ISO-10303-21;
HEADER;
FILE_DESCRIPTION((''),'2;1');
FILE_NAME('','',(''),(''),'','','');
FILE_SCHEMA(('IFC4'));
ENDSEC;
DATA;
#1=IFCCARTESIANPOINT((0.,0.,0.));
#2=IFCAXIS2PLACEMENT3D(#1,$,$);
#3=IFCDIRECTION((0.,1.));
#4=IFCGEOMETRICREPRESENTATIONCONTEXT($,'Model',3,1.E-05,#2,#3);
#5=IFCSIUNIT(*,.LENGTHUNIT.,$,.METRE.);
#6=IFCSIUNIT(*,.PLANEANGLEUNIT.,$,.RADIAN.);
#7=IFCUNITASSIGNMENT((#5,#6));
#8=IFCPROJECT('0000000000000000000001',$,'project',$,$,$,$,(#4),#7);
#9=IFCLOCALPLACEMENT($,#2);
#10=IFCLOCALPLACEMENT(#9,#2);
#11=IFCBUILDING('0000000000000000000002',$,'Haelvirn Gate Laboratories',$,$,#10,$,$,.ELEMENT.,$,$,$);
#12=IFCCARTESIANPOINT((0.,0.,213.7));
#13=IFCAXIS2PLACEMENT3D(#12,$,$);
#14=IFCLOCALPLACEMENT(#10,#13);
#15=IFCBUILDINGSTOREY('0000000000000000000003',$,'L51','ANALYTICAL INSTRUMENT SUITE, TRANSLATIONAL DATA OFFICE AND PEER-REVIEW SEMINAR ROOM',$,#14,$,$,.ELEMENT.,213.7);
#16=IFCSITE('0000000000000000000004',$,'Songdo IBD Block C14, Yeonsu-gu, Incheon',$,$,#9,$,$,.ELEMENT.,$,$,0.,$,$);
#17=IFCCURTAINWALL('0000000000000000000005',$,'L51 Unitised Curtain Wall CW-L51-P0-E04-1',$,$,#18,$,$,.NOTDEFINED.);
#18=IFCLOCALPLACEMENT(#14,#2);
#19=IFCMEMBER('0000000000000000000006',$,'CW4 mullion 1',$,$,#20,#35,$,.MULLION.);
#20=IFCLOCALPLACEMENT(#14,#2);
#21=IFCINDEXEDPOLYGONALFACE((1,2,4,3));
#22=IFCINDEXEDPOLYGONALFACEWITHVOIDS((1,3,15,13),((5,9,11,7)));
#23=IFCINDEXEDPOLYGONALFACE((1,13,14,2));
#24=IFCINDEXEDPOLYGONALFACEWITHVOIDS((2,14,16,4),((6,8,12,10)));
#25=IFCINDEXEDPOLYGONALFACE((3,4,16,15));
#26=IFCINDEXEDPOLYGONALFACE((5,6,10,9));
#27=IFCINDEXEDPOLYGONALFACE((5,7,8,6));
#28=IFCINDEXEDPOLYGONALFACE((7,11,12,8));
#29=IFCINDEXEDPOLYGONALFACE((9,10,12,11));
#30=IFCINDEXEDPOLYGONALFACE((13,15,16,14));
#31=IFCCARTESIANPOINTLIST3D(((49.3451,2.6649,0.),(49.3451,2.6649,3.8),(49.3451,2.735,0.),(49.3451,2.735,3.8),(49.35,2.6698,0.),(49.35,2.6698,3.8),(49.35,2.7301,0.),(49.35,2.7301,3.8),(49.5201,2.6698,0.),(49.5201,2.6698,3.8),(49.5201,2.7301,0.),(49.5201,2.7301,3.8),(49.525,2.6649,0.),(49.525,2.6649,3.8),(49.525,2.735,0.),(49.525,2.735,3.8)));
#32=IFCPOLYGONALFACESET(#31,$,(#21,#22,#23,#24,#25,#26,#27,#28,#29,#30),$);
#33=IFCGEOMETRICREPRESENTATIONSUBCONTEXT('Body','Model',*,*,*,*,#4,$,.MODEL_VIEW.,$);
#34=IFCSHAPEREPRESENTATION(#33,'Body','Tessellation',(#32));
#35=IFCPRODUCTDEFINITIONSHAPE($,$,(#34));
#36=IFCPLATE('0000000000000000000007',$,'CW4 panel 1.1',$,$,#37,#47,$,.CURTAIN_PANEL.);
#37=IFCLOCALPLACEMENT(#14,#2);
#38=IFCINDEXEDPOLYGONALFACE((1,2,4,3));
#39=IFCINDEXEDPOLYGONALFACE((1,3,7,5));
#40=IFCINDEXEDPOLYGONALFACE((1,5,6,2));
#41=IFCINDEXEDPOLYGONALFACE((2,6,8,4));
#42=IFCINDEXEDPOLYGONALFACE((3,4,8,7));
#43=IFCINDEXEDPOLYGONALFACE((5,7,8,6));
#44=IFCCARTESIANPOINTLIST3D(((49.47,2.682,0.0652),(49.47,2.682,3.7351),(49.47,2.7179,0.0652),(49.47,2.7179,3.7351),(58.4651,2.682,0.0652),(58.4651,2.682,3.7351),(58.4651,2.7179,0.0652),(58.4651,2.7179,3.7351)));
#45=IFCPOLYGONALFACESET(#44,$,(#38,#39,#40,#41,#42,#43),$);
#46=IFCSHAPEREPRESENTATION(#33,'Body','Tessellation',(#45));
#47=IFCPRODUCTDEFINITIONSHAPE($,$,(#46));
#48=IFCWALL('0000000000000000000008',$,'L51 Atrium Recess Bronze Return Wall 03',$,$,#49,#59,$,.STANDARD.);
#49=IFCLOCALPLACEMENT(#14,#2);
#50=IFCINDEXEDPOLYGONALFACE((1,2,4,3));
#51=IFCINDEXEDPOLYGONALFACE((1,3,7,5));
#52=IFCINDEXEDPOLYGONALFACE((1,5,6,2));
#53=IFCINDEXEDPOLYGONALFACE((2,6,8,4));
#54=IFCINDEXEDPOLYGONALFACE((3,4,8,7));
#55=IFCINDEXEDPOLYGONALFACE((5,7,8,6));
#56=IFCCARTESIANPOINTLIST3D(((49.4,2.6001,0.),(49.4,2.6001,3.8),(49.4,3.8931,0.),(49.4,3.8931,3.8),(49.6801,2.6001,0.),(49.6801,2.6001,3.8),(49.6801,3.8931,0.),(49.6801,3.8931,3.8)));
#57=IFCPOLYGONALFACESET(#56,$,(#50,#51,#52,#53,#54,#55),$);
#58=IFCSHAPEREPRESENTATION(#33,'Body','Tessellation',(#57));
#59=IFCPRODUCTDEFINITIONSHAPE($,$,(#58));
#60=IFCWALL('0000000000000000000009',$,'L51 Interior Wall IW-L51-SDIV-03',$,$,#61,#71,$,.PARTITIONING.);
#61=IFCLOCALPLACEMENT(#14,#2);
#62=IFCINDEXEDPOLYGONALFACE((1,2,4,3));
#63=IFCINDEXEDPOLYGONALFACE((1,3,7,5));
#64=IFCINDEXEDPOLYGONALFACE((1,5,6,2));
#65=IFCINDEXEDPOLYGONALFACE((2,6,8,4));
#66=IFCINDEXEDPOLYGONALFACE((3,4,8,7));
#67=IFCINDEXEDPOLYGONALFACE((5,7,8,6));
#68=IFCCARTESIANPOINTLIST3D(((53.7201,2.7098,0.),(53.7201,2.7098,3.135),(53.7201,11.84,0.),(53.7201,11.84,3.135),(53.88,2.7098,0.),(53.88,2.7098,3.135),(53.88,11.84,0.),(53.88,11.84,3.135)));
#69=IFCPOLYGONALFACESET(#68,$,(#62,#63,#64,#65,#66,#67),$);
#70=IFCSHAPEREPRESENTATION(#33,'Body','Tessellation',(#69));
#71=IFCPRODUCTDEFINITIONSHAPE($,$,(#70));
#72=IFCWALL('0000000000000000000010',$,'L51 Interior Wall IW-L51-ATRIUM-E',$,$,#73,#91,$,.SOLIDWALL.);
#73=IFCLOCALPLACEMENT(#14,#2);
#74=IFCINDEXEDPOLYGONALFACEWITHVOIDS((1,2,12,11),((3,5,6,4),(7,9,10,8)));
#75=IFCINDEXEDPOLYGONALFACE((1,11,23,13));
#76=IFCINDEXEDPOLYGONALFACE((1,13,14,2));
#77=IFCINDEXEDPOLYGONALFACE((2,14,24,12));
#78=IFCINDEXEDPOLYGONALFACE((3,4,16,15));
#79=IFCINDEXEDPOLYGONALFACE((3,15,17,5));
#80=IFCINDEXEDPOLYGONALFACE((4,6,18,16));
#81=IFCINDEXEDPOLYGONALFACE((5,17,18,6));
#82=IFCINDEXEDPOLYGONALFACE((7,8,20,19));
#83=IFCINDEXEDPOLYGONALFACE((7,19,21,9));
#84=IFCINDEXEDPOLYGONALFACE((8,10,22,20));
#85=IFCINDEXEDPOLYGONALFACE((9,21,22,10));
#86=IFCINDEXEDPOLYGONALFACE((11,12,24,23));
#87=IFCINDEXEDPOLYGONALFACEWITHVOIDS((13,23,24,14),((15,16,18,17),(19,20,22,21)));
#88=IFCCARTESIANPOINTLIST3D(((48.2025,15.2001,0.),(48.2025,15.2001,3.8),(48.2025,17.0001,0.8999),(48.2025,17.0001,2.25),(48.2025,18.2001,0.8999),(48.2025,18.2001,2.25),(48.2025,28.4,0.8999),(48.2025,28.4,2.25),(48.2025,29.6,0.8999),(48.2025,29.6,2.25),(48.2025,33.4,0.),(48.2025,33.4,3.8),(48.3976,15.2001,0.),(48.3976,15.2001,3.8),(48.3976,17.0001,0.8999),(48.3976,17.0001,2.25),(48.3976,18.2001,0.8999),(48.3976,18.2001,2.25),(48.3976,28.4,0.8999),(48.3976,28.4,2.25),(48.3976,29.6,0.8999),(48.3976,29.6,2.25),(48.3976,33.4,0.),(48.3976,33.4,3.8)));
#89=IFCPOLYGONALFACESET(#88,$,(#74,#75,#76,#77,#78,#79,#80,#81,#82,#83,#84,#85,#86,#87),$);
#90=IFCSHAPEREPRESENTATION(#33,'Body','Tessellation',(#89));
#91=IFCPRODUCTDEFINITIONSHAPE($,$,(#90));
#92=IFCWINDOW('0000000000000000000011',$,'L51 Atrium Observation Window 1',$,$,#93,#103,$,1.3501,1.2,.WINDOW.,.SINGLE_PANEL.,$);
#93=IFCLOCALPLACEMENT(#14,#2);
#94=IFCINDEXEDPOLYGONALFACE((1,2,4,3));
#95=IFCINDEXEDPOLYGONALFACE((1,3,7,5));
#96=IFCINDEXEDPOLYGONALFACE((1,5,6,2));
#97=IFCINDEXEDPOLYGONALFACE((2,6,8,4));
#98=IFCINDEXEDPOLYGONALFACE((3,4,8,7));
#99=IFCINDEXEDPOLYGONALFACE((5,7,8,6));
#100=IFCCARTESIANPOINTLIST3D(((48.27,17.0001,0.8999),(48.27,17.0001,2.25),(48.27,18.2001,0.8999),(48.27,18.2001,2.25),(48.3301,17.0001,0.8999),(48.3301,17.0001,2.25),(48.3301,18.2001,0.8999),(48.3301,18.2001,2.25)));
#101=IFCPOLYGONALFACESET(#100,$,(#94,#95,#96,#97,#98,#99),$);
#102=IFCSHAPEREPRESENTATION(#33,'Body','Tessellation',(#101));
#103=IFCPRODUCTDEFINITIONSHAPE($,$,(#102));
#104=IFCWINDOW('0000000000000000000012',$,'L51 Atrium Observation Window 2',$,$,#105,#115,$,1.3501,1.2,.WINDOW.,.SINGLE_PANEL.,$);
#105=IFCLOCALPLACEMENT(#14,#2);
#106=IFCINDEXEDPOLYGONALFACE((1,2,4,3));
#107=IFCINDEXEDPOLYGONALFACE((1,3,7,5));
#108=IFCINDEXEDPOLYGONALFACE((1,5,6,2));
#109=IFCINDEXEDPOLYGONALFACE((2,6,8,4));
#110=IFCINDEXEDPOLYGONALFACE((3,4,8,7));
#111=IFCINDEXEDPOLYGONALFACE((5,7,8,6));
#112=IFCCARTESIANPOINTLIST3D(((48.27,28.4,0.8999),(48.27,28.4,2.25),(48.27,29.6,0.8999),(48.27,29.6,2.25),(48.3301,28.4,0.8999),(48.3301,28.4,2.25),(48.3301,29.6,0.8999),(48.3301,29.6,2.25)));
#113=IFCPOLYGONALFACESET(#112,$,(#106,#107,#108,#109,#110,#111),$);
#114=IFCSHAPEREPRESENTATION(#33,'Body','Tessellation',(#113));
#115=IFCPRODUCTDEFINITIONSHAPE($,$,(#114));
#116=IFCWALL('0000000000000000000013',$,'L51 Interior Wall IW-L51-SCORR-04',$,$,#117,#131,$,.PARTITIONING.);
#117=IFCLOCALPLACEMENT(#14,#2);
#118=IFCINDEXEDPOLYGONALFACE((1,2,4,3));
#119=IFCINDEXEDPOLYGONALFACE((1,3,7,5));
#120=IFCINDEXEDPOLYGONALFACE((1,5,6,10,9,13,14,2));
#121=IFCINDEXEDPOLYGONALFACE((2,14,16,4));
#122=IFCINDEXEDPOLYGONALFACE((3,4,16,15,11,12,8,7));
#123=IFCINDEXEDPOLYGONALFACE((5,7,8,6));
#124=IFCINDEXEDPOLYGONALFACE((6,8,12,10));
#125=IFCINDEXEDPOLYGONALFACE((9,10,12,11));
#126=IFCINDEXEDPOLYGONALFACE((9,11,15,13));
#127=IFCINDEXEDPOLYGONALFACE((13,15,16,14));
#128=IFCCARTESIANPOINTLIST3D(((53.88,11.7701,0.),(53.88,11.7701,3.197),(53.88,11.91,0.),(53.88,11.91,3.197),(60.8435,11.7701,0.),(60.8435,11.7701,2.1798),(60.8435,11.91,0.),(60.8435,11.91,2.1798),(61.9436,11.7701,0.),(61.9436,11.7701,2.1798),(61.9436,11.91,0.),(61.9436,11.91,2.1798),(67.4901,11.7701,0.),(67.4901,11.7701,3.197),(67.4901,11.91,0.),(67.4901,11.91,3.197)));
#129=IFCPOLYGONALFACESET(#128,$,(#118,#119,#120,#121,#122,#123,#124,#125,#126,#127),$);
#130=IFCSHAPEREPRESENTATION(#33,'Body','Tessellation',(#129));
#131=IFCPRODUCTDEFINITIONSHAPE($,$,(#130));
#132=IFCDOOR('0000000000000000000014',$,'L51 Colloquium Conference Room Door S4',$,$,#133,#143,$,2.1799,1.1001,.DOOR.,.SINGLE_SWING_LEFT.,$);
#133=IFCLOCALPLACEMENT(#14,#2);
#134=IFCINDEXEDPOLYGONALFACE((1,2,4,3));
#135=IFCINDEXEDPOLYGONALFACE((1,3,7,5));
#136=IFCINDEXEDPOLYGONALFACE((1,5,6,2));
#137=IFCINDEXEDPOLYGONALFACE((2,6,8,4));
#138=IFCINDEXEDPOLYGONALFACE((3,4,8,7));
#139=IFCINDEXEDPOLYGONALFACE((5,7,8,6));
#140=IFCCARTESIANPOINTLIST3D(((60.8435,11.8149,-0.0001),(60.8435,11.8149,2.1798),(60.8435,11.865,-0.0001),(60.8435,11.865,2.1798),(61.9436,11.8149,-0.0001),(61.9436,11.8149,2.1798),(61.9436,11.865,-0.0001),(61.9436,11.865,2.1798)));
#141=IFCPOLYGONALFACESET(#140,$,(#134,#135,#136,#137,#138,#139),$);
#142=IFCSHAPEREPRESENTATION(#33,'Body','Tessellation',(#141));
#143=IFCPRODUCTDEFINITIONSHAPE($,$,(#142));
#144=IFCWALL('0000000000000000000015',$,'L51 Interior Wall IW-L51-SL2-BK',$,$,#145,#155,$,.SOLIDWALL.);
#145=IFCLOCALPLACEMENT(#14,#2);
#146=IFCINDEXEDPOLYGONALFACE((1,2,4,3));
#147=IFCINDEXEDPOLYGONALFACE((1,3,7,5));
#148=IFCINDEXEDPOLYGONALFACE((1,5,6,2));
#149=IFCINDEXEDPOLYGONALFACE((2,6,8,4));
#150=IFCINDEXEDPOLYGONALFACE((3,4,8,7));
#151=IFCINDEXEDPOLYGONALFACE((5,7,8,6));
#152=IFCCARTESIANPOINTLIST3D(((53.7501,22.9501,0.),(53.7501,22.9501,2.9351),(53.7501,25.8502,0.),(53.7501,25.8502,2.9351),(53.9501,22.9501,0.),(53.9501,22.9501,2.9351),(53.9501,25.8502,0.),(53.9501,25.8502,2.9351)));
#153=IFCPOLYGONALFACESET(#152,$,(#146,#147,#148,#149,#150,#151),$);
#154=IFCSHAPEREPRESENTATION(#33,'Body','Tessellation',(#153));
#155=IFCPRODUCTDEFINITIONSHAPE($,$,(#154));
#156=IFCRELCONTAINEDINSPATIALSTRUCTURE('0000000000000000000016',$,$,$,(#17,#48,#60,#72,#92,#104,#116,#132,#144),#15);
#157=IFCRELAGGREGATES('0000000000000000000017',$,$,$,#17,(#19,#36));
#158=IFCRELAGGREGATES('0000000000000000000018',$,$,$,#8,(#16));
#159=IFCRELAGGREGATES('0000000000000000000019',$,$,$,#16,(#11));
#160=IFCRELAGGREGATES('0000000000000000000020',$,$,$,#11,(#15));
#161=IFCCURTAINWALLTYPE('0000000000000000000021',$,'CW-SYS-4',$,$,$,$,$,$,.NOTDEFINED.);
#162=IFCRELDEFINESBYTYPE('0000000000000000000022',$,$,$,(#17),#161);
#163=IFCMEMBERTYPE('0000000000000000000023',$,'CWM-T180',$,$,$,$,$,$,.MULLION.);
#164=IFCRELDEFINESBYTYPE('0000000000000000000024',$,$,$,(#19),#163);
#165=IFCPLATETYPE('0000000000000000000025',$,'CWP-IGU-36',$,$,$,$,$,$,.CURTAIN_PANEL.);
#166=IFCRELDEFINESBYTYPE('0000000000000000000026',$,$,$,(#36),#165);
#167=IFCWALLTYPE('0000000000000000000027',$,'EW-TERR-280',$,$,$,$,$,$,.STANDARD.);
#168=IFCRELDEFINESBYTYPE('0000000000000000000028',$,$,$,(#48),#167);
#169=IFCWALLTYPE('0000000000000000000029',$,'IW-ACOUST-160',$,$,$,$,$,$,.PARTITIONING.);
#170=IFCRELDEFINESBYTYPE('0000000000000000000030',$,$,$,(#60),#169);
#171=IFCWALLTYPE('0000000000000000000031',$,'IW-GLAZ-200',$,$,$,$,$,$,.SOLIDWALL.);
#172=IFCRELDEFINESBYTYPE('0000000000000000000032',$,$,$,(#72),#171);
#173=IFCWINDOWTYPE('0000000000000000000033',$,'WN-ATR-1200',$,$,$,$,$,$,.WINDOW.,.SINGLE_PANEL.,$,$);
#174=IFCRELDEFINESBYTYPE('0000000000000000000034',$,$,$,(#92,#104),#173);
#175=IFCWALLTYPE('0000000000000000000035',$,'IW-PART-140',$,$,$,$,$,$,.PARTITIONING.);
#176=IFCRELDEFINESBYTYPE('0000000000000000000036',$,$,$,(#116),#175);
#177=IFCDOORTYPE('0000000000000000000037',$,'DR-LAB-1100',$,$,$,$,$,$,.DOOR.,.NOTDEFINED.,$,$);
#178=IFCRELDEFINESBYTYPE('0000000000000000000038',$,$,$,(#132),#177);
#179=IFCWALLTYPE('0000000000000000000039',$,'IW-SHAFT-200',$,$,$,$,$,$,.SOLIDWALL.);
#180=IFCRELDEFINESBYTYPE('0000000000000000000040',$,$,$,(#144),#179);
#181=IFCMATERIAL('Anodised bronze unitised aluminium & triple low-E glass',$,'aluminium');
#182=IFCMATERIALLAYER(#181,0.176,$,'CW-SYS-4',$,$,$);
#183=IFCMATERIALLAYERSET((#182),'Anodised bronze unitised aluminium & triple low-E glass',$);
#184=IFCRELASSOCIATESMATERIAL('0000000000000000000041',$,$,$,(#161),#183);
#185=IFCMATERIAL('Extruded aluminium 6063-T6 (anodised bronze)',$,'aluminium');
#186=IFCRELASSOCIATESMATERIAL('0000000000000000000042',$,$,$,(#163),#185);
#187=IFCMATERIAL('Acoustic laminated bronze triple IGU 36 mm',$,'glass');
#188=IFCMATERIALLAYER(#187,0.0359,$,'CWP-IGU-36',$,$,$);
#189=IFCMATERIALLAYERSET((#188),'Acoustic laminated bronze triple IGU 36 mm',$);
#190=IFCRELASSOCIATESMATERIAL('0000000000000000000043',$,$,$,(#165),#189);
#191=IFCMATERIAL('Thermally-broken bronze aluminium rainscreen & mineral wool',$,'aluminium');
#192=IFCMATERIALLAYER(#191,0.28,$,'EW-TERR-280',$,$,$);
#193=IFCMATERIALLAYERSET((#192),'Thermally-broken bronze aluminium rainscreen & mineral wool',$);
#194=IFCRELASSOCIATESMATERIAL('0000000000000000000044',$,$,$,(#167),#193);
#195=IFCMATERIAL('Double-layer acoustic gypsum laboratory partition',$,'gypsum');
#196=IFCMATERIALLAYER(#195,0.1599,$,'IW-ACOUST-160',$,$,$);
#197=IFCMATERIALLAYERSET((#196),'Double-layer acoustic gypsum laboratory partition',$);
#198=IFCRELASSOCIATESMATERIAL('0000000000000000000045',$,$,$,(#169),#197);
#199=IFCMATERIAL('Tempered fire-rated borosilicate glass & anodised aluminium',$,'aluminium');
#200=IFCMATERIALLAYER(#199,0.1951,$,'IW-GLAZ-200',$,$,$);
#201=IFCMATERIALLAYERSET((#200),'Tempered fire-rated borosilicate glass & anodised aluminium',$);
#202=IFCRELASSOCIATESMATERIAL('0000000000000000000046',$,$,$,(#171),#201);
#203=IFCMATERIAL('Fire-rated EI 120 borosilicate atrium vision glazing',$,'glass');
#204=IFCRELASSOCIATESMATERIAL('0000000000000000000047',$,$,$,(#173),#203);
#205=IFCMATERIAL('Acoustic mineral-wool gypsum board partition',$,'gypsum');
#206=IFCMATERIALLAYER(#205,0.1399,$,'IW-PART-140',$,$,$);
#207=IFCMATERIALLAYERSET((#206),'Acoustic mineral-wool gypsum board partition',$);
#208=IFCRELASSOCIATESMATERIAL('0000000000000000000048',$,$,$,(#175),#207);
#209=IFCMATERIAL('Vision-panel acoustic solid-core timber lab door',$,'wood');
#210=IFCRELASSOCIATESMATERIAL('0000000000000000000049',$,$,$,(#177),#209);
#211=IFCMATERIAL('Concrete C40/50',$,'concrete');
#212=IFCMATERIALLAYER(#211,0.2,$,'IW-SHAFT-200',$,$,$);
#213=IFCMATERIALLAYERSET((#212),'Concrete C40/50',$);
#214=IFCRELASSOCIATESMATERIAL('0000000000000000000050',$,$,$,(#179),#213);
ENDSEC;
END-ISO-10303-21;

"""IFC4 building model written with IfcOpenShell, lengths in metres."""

from ifc_helpers import new_model, si_unit, direction, frame, frame_2d, origin, origin_2d, place, context, subcontext, project, spatial, rectangle, hollow_rectangle, extrude, source, transform, mapped, material, layer, layer_set, material_profile, profile_set, type_object, type_shapes, element, fill, aggregate, save


model = new_model("IFC4")

# Units and contexts
model_context = context("Model", 3, precision=1e-05, world=origin(), true_north=direction((0.0, 1.0)))
body_context = subcontext(model_context, "Body", "Model", "MODEL_VIEW")
ifc_project = project(units=[si_unit("LENGTHUNIT", "METRE"), si_unit("PLANEANGLEUNIT", "RADIAN")], contexts=[model_context])

# Site, building, storey
site_placement = place(None, origin())
site = spatial("IfcSite", under=ifc_project, at=site_placement, Name="Songdo IBD Block C14, Yeonsu-gu, Incheon", CompositionType="ELEMENT", RefElevation=0.0)
building_placement = place(site_placement, origin())
building = spatial("IfcBuilding", under=site, at=building_placement, Name="Haelvirn Gate Laboratories", CompositionType="ELEMENT")
storey_placement = place(building_placement, frame((0.0, 0.0, 213.7)))
storey = spatial("IfcBuildingStorey", under=building, at=storey_placement, Name="L51", Description="ANALYTICAL INSTRUMENT SUITE, TRANSLATIONAL DATA OFFICE AND PEER-REVIEW SEMINAR ROOM", CompositionType="ELEMENT", Elevation=213.7)

# Curtain wall
ifc_material_1 = material(Name="Anodised bronze unitised aluminium & triple low-E glass", Category="aluminium")
ifc_layer_1 = layer(ifc_material_1, 0.176, Name="CW-SYS-4")
ifc_layer_set_1 = layer_set([ifc_layer_1], Name="Anodised bronze unitised aluminium & triple low-E glass")
curtain_wall_type = type_object("IfcCurtainWallType", Name="CW-SYS-4", PredefinedType="NOTDEFINED", material=ifc_layer_set_1)
curtain_wall_1_placement = place(storey_placement, origin())
curtain_wall_1 = element("IfcCurtainWall", 1, at=curtain_wall_1_placement, inside=storey, type_object=curtain_wall_type, Name="L51 Unitised Curtain Wall CW-L51-P0-E04-1", PredefinedType="NOTDEFINED")
ifc_material_2 = material(Name="Extruded aluminium 6063-T6 (anodised bronze)", Category="aluminium")

# Shared definitions
ifc_material_profile_1 = material_profile(ifc_material_2, hollow_rectangle(XDim=0.0701, YDim=0.1799, WallThickness=0.0049, at=origin_2d()), Name="CWM-180x70x5")
ifc_profile_set_1 = profile_set([ifc_material_profile_1], Name="Extruded aluminium 6063-T6 (anodised bronze)")
member_type_1 = type_object("IfcMemberType", Name="CWM-T180", PredefinedType="MULLION", material=ifc_profile_set_1)
shared_shape_1 = source(origin(), body_context, "Body", "SweptSolid", [
    extrude(hollow_rectangle(XDim=0.0701, YDim=0.1799, WallThickness=0.0049, at=origin_2d()), origin(), (0.0, 0.0, 1.0), 3.8),
])
type_shapes(member_type_1, [shared_shape_1])

# Member
member_1_placement = place(storey_placement, frame((49.4351, 2.7, 0.0), z_axis=(0.0, 0.0, 1.0), x_axis=(0.0, 1.0, 0.0)))
member_1 = element("IfcMember", 2, at=member_1_placement, type_object=member_type_1, Name="CW4 mullion 1", PredefinedType="MULLION", context=body_context, shape_type="MappedRepresentation", body=[
    mapped(shared_shape_1, transform((0.0, 0.0, 0.0), scale=1.0)),
])

# Plate
ifc_material_3 = material(Name="Acoustic laminated bronze triple IGU 36 mm", Category="glass")
ifc_layer_2 = layer(ifc_material_3, 0.0359, Name="CWP-IGU-36")
ifc_layer_set_2 = layer_set([ifc_layer_2], Name="Acoustic laminated bronze triple IGU 36 mm")
plate_type = type_object("IfcPlateType", Name="CWP-IGU-36", PredefinedType="CURTAIN_PANEL", material=ifc_layer_set_2)
shared_shape_2 = source(origin(), body_context, "Body", "SweptSolid", [
    extrude(rectangle(XDim=8.9951, YDim=0.0359, at=origin_2d()), origin(), (0.0, 0.0, 1.0), 3.6699),
])
type_shapes(plate_type, [shared_shape_2])
plate_placement = place(storey_placement, frame((53.9675, 2.7, 0.0652), z_axis=(0.0, 0.0, 1.0), x_axis=(1.0, 0.0, 0.0)))
plate = element("IfcPlate", 3, at=plate_placement, type_object=plate_type, Name="CW4 panel 1.1", PredefinedType="CURTAIN_PANEL", context=body_context, shape_type="MappedRepresentation", body=[
    mapped(shared_shape_2, transform((0.0, 0.0, 0.0), scale=1.0)),
])
aggregate(curtain_wall_1, [member_1, plate])

# Walls
ifc_material_4 = material(Name="Thermally-broken bronze aluminium rainscreen & mineral wool", Category="aluminium")
ifc_layer_3 = layer(ifc_material_4, 0.28, Name="EW-TERR-280")
ifc_layer_set_3 = layer_set([ifc_layer_3], Name="Thermally-broken bronze aluminium rainscreen & mineral wool")
wall_type_1 = type_object("IfcWallType", Name="EW-TERR-280", PredefinedType="STANDARD", material=ifc_layer_set_3)
wall_1_placement = place(storey_placement, frame((49.54, 3.8931, 0.0), z_axis=(0.0, 0.0, 1.0), x_axis=(0.0, -1.0, 0.0)))
element("IfcWall", 4, at=wall_1_placement, inside=storey, type_object=wall_type_1, Name="L51 Atrium Recess Bronze Return Wall 03", PredefinedType="STANDARD", context=body_context, shape_type="SweptSolid", body=[
    extrude(rectangle(XDim=1.293, YDim=0.28, at=frame_2d((0.6465, 0.0))), origin(), (0.0, 0.0, 1.0), 3.8),
])
ifc_material_5 = material(Name="Double-layer acoustic gypsum laboratory partition", Category="gypsum")
ifc_layer_4 = layer(ifc_material_5, 0.1599, Name="IW-ACOUST-160")
ifc_layer_set_4 = layer_set([ifc_layer_4], Name="Double-layer acoustic gypsum laboratory partition")
wall_type_2 = type_object("IfcWallType", Name="IW-ACOUST-160", PredefinedType="PARTITIONING", material=ifc_layer_set_4)
wall_2_placement = place(storey_placement, frame((53.8, 2.71, 0.0), z_axis=(0.0, 0.0, 1.0), x_axis=(0.0, 1.0, 0.0)))
element("IfcWall", 5, at=wall_2_placement, inside=storey, type_object=wall_type_2, Name="L51 Interior Wall IW-L51-SDIV-03", PredefinedType="PARTITIONING", context=body_context, shape_type="SweptSolid", body=[
    extrude(rectangle(XDim=9.1301, YDim=0.1599, at=frame_2d((4.5649, 0.0))), origin(), (0.0, 0.0, 1.0), 3.135),
])

# Wall, openings, windows
ifc_material_6 = material(Name="Tempered fire-rated borosilicate glass & anodised aluminium", Category="aluminium")
ifc_layer_5 = layer(ifc_material_6, 0.1951, Name="IW-GLAZ-200")
ifc_layer_set_5 = layer_set([ifc_layer_5], Name="Tempered fire-rated borosilicate glass & anodised aluminium")
wall_type_3 = type_object("IfcWallType", Name="IW-GLAZ-200", PredefinedType="SOLIDWALL", material=ifc_layer_set_5)
wall_3_placement = place(storey_placement, frame((48.3, 15.2, 0.0), z_axis=(0.0, 0.0, 1.0), x_axis=(0.0, 1.0, 0.0)))
wall_3 = element("IfcWall", 6, at=wall_3_placement, inside=storey, type_object=wall_type_3, Name="L51 Interior Wall IW-L51-ATRIUM-E", PredefinedType="SOLIDWALL", context=body_context, shape_type="SweptSolid", body=[
    extrude(rectangle(XDim=18.2, YDim=0.1951, at=frame_2d((9.1001, 0.0))), origin(), (0.0, 0.0, 1.0), 3.8),
])
opening_1_placement = place(wall_3_placement, frame((1.8, 0.0, 0.8999)))
opening_1 = element("IfcOpeningElement", 7, at=opening_1_placement, cuts=wall_3, PredefinedType="OPENING", context=body_context, shape_type="SweptSolid", body=[
    extrude(rectangle(XDim=1.2, YDim=1.3501, at=frame_2d((0.6001, 0.675))), frame((0.0, 0.1074, 0.0), z_axis=(0.0, -1.0, 0.0), x_axis=(1.0, 0.0, 0.0)), (0.0, 0.0, 1.0), 0.2151),
])
opening_2_placement = place(wall_3_placement, frame((13.2, 0.0, 0.8999)))
opening_2 = element("IfcOpeningElement", 8, at=opening_2_placement, cuts=wall_3, PredefinedType="OPENING", context=body_context, shape_type="SweptSolid", body=[
    extrude(rectangle(XDim=1.2, YDim=1.3501, at=frame_2d((0.6001, 0.675))), frame((0.0, 0.1074, 0.0), z_axis=(0.0, -1.0, 0.0), x_axis=(1.0, 0.0, 0.0)), (0.0, 0.0, 1.0), 0.2151),
])
ifc_material_7 = material(Name="Fire-rated EI 120 borosilicate atrium vision glazing", Category="glass")
window_type = type_object("IfcWindowType", Name="WN-ATR-1200", PartitioningType="SINGLE_PANEL", PredefinedType="WINDOW", material=ifc_material_7)
shared_shape_3 = source(origin(), body_context, "Body", "SweptSolid", [
    extrude(rectangle(XDim=1.2, YDim=1.3501, at=frame_2d((0.6001, 0.675))), frame((0.0, 0.03, 0.0), z_axis=(0.0, -1.0, 0.0), x_axis=(1.0, 0.0, 0.0)), (0.0, 0.0, 1.0), 0.0601),
])
type_shapes(window_type, [shared_shape_3])
window_1_placement = place(opening_1_placement, origin())
window_1 = element("IfcWindow", 9, at=window_1_placement, inside=storey, type_object=window_type, Name="L51 Atrium Observation Window 1", OverallHeight=1.3501, OverallWidth=1.2, PartitioningType="SINGLE_PANEL", PredefinedType="WINDOW", context=body_context, shape_type="MappedRepresentation", body=[
    mapped(shared_shape_3, transform((0.0, 0.0, 0.0), scale=1.0)),
])
fill(opening_1, window_1)
window_2_placement = place(opening_2_placement, origin())
window_2 = element("IfcWindow", 10, at=window_2_placement, inside=storey, type_object=window_type, Name="L51 Atrium Observation Window 2", OverallHeight=1.3501, OverallWidth=1.2, PartitioningType="SINGLE_PANEL", PredefinedType="WINDOW", context=body_context, shape_type="MappedRepresentation", body=[
    mapped(shared_shape_3, transform((0.0, 0.0, 0.0), scale=1.0)),
])
fill(opening_2, window_2)

# Wall, opening, door
ifc_material_8 = material(Name="Acoustic mineral-wool gypsum board partition", Category="gypsum")
ifc_layer_6 = layer(ifc_material_8, 0.1399, Name="IW-PART-140")
ifc_layer_set_6 = layer_set([ifc_layer_6], Name="Acoustic mineral-wool gypsum board partition")
wall_type_4 = type_object("IfcWallType", Name="IW-PART-140", PredefinedType="PARTITIONING", material=ifc_layer_set_6)
wall_4_placement = place(storey_placement, frame((53.8799, 11.8401, 0.0), z_axis=(0.0, 0.0, 1.0), x_axis=(1.0, 0.0, 0.0)))
wall_4 = element("IfcWall", 11, at=wall_4_placement, inside=storey, type_object=wall_type_4, Name="L51 Interior Wall IW-L51-SCORR-04", PredefinedType="PARTITIONING", context=body_context, shape_type="SweptSolid", body=[
    extrude(rectangle(XDim=13.6101, YDim=0.1399, at=frame_2d((6.8052, 0.0))), origin(), (0.0, 0.0, 1.0), 3.197),
])
opening_3_placement = place(wall_4_placement, frame((6.9636, 0.0, 0.0)))
opening_3 = element("IfcOpeningElement", 12, at=opening_3_placement, cuts=wall_4, PredefinedType="OPENING", context=body_context, shape_type="SweptSolid", body=[
    extrude(rectangle(XDim=1.1001, YDim=2.1799, at=frame_2d((0.55, 1.0898))), frame((0.0, 0.0801, 0.0), z_axis=(0.0, -1.0, 0.0), x_axis=(1.0, 0.0, 0.0)), (0.0, 0.0, 1.0), 0.1599),
])
ifc_material_9 = material(Name="Vision-panel acoustic solid-core timber lab door", Category="wood")
door_type_1 = type_object("IfcDoorType", Name="DR-LAB-1100", OperationType="NOTDEFINED", PredefinedType="DOOR", material=ifc_material_9)
shared_shape_4 = source(origin(), body_context, "Body", "SweptSolid", [
    extrude(rectangle(XDim=1.1001, YDim=2.1799, at=frame_2d((0.55, 1.0898))), frame((0.0, 0.0249, 0.0), z_axis=(0.0, -1.0, 0.0), x_axis=(1.0, 0.0, 0.0)), (0.0, 0.0, 1.0), 0.05),
])
type_shapes(door_type_1, [shared_shape_4])
door_1_placement = place(opening_3_placement, origin())
door_1 = element("IfcDoor", 13, at=door_1_placement, inside=storey, type_object=door_type_1, Name="L51 Colloquium Conference Room Door S4", OperationType="SINGLE_SWING_LEFT", OverallHeight=2.1799, OverallWidth=1.1001, PredefinedType="DOOR", context=body_context, shape_type="MappedRepresentation", body=[
    mapped(shared_shape_4, transform((0.0, 0.0, 0.0), scale=1.0)),
])
fill(opening_3, door_1)

# Wall
ifc_material_10 = material(Name="Concrete C40/50", Category="concrete")
ifc_layer_7 = layer(ifc_material_10, 0.2, Name="IW-SHAFT-200")
ifc_layer_set_7 = layer_set([ifc_layer_7], Name="Concrete C40/50")
wall_type_5 = type_object("IfcWallType", Name="IW-SHAFT-200", PredefinedType="SOLIDWALL", material=ifc_layer_set_7)
wall_5_placement = place(storey_placement, frame((53.8501, 22.95, 0.0), z_axis=(0.0, 0.0, 1.0), x_axis=(0.0, 1.0, 0.0)))
element("IfcWall", 14, at=wall_5_placement, inside=storey, type_object=wall_type_5, Name="L51 Interior Wall IW-L51-SL2-BK", PredefinedType="SOLIDWALL", context=body_context, shape_type="SweptSolid", body=[
    extrude(rectangle(XDim=2.9001, YDim=0.2, at=frame_2d((1.4502, 0.0))), origin(), (0.0, 0.0, 1.0), 2.9351),
])

save(model, "model.ifc")
